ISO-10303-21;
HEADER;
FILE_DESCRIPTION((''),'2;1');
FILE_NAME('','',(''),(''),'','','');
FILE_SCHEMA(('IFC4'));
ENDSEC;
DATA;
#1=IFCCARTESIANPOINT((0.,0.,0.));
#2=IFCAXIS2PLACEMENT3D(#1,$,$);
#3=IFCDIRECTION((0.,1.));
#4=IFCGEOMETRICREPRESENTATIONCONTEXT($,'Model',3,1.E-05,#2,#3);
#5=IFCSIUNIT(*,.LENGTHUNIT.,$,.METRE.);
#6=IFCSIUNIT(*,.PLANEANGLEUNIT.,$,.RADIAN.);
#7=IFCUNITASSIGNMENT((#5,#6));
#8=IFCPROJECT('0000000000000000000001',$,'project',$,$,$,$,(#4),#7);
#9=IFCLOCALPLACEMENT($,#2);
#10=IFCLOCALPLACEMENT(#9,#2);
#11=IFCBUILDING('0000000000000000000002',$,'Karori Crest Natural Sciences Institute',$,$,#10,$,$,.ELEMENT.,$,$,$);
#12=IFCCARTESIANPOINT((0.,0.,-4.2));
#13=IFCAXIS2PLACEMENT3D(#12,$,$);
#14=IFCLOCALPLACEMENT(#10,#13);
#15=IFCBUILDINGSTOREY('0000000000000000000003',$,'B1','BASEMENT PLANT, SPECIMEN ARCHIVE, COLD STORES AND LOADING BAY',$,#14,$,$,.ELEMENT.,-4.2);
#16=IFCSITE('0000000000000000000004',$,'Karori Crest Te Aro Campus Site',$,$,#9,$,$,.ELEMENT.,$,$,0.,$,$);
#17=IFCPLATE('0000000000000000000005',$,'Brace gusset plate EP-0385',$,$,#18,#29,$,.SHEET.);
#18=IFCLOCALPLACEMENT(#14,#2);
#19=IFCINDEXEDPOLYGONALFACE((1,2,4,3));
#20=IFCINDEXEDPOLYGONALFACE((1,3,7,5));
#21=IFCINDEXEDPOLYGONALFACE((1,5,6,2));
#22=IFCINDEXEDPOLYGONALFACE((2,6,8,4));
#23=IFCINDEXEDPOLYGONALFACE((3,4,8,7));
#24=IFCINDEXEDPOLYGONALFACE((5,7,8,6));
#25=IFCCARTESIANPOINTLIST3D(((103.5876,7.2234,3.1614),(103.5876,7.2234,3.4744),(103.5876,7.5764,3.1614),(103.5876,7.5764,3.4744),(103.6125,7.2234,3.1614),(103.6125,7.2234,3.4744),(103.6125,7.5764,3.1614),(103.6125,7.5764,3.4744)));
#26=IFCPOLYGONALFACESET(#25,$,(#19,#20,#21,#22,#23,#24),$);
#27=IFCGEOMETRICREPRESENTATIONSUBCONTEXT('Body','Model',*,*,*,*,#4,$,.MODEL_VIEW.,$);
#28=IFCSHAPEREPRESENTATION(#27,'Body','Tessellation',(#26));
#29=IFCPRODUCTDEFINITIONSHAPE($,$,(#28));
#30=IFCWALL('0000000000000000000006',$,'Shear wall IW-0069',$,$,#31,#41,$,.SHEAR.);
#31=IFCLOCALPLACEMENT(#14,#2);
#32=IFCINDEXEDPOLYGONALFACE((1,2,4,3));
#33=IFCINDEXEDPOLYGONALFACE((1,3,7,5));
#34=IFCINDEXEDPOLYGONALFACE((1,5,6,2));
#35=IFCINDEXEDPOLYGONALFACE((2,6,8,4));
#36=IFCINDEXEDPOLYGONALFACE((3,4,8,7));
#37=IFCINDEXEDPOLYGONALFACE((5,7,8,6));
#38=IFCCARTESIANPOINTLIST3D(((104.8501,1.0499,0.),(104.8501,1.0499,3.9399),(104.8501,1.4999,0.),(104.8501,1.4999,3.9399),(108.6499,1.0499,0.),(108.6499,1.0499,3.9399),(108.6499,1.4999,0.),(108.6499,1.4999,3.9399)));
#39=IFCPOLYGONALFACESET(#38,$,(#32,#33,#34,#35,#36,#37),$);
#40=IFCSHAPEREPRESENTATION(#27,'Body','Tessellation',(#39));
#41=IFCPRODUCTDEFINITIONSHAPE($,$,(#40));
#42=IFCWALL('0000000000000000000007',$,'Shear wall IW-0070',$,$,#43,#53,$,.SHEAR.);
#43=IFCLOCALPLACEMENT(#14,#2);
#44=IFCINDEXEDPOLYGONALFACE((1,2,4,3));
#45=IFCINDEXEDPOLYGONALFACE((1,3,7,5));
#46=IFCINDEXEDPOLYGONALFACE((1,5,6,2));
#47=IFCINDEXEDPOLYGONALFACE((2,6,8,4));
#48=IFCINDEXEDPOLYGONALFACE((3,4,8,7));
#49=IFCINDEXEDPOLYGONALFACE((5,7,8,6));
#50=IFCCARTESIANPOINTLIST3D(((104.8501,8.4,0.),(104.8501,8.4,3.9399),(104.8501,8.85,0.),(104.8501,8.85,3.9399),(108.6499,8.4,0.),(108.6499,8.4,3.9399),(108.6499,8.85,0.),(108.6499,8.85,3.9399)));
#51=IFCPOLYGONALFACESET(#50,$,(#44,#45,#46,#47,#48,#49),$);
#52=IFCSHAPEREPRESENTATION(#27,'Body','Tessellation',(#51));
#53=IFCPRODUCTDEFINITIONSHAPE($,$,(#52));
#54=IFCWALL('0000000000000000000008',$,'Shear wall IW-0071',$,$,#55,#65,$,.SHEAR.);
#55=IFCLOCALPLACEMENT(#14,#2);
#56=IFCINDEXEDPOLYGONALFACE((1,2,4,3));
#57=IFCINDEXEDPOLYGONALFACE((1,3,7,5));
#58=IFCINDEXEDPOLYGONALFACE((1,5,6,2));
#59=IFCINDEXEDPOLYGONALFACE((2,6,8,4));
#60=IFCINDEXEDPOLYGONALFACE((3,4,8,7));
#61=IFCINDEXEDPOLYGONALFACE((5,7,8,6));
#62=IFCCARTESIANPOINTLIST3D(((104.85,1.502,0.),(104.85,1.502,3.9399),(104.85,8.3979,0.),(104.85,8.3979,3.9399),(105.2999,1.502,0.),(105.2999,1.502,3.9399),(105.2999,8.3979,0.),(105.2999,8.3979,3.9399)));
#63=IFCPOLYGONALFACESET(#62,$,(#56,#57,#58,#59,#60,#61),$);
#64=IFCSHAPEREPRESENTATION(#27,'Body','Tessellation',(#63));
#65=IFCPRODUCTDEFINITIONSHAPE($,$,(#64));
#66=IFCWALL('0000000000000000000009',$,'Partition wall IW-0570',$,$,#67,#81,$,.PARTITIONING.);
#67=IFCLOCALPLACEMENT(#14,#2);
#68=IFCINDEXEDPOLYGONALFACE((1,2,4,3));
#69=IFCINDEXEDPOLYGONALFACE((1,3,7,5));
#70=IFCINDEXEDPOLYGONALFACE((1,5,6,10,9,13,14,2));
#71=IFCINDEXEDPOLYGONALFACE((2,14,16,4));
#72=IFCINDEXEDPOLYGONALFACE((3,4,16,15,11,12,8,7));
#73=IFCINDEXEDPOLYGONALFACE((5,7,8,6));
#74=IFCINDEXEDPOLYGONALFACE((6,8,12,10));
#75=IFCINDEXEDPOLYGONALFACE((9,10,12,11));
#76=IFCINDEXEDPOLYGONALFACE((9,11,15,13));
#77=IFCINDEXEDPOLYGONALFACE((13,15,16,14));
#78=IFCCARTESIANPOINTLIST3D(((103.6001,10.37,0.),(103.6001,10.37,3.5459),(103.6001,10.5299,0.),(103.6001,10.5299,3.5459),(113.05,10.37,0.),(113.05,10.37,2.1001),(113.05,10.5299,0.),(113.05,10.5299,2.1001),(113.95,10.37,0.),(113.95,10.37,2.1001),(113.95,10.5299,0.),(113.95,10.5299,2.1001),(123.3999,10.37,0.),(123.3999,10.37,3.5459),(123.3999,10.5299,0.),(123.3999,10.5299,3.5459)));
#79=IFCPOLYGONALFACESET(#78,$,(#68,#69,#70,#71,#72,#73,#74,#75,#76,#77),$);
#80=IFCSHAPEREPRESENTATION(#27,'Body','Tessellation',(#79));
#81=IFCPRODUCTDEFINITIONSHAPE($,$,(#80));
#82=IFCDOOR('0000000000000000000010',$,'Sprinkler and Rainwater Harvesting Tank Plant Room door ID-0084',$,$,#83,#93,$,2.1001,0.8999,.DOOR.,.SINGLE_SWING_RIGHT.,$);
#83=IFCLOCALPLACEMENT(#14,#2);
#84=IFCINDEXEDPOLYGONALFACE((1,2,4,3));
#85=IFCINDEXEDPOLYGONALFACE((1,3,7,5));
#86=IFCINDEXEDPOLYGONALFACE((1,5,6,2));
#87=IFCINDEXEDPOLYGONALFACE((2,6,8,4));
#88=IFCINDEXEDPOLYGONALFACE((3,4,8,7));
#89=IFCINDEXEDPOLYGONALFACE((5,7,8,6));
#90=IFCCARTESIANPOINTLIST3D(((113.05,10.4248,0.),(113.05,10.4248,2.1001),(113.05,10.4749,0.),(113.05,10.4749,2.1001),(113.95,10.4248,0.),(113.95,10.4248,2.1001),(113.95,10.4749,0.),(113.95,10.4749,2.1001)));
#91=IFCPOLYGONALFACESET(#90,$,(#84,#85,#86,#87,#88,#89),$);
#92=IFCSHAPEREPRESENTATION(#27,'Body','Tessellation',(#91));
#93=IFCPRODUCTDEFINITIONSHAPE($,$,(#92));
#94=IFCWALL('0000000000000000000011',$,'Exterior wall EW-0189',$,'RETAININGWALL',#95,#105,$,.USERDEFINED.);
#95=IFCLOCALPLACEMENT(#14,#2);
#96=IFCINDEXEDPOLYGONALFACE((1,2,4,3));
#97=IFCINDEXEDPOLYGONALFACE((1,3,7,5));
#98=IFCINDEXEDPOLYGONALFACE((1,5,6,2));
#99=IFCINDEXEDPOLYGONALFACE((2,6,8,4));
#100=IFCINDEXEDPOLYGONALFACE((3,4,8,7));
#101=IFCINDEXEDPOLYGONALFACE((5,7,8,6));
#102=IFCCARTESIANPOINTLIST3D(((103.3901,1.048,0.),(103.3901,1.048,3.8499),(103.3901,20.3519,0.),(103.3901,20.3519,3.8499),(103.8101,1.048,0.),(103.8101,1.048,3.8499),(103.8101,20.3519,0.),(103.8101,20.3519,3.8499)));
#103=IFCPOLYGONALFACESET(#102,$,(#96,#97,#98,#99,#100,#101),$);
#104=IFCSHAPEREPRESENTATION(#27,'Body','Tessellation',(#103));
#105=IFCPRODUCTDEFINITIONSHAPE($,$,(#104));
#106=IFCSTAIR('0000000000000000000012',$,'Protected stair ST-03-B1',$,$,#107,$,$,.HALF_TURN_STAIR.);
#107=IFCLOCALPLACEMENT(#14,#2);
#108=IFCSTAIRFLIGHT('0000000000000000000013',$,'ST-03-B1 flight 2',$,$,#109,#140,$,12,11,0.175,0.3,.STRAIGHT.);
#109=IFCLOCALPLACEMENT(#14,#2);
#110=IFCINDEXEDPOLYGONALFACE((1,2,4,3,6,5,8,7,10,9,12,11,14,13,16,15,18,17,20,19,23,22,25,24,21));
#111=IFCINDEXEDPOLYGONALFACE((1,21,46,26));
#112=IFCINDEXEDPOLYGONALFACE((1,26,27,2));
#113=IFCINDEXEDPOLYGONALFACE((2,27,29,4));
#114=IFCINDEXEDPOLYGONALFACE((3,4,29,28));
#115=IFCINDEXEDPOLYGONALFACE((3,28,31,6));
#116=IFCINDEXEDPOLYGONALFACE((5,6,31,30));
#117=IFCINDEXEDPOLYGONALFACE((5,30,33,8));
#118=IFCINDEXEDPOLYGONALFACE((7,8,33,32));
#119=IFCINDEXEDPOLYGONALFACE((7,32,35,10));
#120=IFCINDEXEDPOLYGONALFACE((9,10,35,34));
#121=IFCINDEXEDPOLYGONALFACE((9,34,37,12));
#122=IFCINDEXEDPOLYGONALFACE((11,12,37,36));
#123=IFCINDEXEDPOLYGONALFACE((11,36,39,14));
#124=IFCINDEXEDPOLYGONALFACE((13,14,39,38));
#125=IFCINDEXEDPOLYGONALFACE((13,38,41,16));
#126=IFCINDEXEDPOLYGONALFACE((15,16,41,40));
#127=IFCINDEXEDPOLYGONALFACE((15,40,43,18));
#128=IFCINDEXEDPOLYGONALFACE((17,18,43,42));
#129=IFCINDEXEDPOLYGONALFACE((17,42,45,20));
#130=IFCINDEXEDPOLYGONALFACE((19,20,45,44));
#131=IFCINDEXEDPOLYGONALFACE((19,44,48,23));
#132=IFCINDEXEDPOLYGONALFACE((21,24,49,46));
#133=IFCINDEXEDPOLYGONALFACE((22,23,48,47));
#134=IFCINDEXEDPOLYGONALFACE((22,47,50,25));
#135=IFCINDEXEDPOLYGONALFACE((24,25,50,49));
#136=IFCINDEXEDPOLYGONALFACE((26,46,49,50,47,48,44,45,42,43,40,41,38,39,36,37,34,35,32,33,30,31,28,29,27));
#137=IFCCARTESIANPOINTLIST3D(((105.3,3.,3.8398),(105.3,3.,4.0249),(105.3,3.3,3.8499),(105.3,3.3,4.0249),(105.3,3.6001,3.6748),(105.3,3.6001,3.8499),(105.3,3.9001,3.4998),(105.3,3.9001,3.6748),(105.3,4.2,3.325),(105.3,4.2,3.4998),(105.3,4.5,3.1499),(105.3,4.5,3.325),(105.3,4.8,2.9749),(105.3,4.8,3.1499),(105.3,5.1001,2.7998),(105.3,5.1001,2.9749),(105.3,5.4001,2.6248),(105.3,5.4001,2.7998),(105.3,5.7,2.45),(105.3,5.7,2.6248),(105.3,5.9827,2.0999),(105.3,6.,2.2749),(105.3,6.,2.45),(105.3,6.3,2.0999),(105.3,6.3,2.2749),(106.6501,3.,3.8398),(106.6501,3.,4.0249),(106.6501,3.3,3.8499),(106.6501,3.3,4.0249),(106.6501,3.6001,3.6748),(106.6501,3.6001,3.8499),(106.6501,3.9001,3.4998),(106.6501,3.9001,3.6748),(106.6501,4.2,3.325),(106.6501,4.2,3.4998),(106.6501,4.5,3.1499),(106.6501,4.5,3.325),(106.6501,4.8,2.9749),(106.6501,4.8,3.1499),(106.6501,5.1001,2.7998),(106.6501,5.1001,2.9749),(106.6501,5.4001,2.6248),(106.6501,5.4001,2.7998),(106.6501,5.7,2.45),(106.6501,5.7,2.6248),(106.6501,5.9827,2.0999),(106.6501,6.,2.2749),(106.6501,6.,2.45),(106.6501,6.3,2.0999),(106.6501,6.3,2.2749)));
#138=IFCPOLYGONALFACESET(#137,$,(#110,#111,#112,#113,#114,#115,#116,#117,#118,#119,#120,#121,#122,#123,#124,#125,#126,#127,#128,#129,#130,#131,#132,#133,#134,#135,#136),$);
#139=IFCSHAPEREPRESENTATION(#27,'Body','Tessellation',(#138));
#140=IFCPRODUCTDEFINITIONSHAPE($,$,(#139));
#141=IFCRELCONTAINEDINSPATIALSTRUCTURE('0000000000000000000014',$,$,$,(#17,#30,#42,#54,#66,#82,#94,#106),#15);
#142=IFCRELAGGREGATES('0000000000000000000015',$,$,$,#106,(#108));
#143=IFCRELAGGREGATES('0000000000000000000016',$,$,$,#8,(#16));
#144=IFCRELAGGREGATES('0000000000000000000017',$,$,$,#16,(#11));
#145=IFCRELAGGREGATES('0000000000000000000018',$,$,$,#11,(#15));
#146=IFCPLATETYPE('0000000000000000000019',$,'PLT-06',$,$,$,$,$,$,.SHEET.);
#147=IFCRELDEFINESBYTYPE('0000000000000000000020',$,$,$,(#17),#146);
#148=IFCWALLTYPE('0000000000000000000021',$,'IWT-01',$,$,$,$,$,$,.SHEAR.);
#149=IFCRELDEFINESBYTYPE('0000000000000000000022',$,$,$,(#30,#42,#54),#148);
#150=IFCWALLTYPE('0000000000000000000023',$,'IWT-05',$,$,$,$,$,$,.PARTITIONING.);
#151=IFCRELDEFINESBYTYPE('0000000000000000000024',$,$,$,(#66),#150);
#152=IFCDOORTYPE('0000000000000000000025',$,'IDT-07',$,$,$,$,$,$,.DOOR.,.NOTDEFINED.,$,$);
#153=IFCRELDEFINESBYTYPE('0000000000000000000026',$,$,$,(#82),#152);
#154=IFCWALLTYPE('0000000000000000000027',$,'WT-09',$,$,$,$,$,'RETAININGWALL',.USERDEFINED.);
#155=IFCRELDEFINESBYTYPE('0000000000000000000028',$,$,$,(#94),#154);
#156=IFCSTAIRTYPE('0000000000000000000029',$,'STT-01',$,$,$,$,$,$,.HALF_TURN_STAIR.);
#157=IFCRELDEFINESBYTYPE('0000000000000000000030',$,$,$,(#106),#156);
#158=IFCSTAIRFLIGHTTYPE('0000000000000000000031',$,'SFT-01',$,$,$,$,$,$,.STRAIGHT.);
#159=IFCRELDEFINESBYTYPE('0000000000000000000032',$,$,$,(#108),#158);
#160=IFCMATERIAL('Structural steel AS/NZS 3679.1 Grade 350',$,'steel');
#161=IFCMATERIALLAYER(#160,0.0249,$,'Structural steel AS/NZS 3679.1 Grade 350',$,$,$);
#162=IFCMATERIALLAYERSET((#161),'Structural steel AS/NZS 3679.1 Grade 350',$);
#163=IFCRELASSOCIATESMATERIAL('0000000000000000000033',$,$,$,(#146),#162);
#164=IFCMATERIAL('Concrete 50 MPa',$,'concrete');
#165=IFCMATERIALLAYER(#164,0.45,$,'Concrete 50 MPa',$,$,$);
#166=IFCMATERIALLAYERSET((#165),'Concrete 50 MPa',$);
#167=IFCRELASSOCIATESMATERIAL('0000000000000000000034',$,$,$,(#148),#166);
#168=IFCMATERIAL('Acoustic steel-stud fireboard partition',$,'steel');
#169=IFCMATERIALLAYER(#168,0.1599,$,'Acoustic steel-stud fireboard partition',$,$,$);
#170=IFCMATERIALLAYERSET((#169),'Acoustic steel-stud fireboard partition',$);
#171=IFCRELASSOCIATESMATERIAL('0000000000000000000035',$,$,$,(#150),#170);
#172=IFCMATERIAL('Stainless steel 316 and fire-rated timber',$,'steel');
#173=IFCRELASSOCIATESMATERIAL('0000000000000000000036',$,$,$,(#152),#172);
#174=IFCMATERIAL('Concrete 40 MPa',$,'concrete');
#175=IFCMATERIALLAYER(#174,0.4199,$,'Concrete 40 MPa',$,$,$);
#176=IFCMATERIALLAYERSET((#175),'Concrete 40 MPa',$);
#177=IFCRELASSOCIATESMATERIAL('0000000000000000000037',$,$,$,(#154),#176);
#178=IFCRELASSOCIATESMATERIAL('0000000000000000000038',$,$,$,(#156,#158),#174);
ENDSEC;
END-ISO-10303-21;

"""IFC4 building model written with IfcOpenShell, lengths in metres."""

from ifc_helpers import new_model, si_unit, direction, frame, frame_2d, origin, origin_2d, place, context, subcontext, project, spatial, polyline, rectangle, outline, extrude, material, layer, layer_set, type_object, element, fill, aggregate, save


model = new_model("IFC4")

# Units and contexts
model_context = context("Model", 3, precision=1e-05, world=origin(), true_north=direction((0.0, 1.0)))
body_context = subcontext(model_context, "Body", "Model", "MODEL_VIEW")
ifc_project = project(units=[si_unit("LENGTHUNIT", "METRE"), si_unit("PLANEANGLEUNIT", "RADIAN")], contexts=[model_context])

# Site, building, storey
site_placement = place(None, origin())
site = spatial("IfcSite", under=ifc_project, at=site_placement, Name="Karori Crest Te Aro Campus Site", CompositionType="ELEMENT", RefElevation=0.0)
building_placement = place(site_placement, origin())
building = spatial("IfcBuilding", under=site, at=building_placement, Name="Karori Crest Natural Sciences Institute", CompositionType="ELEMENT")
storey_placement = place(building_placement, frame((0.0, 0.0, -4.2)))
storey = spatial("IfcBuildingStorey", under=building, at=storey_placement, Name="B1", Description="BASEMENT PLANT, SPECIMEN ARCHIVE, COLD STORES AND LOADING BAY", CompositionType="ELEMENT", Elevation=-4.2)

# Shared definitions
ifc_material_1 = material(Name="Concrete 40 MPa", Category="concrete")

# Shared definitions
ifc_material_2 = material(Name="Structural steel AS/NZS 3679.1 Grade 350", Category="steel")

# Plate
ifc_layer_1 = layer(ifc_material_2, 0.0249, Name="Structural steel AS/NZS 3679.1 Grade 350")
ifc_layer_set_1 = layer_set([ifc_layer_1], Name="Structural steel AS/NZS 3679.1 Grade 350")
plate_type = type_object("IfcPlateType", Name="PLT-06", PredefinedType="SHEET", material=ifc_layer_set_1)
for number, where, z_axis, x_axis, name in (
    (1, (103.6001, 7.3999, 3.1614), (0.0, 0.0, 1.0), (0.0, 1.0, 0.0), "Brace gusset plate EP-0385"),
):
    element("IfcPlate", number, at=place(storey_placement, frame(where, z_axis=z_axis, x_axis=x_axis)), inside=storey, type_object=plate_type, Name=name, PredefinedType="SHEET", context=body_context, shape_type="SweptSolid", body=[
        extrude(rectangle(XDim=0.353, YDim=0.0249, at=origin_2d()), origin(), (0.0, 0.0, 1.0), 0.313),
    ])

# Walls
ifc_material_3 = material(Name="Concrete 50 MPa", Category="concrete")
ifc_layer_2 = layer(ifc_material_3, 0.45, Name="Concrete 50 MPa")
ifc_layer_set_2 = layer_set([ifc_layer_2], Name="Concrete 50 MPa")
wall_type_1 = type_object("IfcWallType", Name="IWT-01", PredefinedType="SHEAR", material=ifc_layer_set_2)
for number, where, z_axis, x_axis, name in (
    (2, (104.8501, 1.2749, 0.0), (0.0, 0.0, 1.0), (1.0, 0.0, 0.0), "Shear wall IW-0069"),
    (3, (104.8501, 8.625, 0.0), (0.0, 0.0, 1.0), (1.0, 0.0, 0.0), "Shear wall IW-0070"),
):
    element("IfcWall", number, at=place(storey_placement, frame(where, z_axis=z_axis, x_axis=x_axis)), inside=storey, type_object=wall_type_1, Name=name, PredefinedType="SHEAR", context=body_context, shape_type="SweptSolid", body=[
        extrude(rectangle(XDim=3.7998, YDim=0.45, at=frame_2d((1.8999, 0.0))), origin(), (0.0, 0.0, 1.0), 3.9399),
    ])
wall_1_placement = place(storey_placement, frame((105.075, 1.502, 0.0), z_axis=(0.0, 0.0, 1.0), x_axis=(0.0, 1.0, 0.0)))
element("IfcWall", 4, at=wall_1_placement, inside=storey, type_object=wall_type_1, Name="Shear wall IW-0071", PredefinedType="SHEAR", context=body_context, shape_type="SweptSolid", body=[
    extrude(rectangle(XDim=6.896, YDim=0.45, at=frame_2d((3.448, 0.0))), origin(), (0.0, 0.0, 1.0), 3.9399),
])

# Wall, opening, door
ifc_material_4 = material(Name="Acoustic steel-stud fireboard partition", Category="steel")
ifc_layer_3 = layer(ifc_material_4, 0.1599, Name="Acoustic steel-stud fireboard partition")
ifc_layer_set_3 = layer_set([ifc_layer_3], Name="Acoustic steel-stud fireboard partition")
wall_type_2 = type_object("IfcWallType", Name="IWT-05", PredefinedType="PARTITIONING", material=ifc_layer_set_3)
wall_2_placement = place(storey_placement, frame((103.6001, 10.45, 0.0), z_axis=(0.0, 0.0, 1.0), x_axis=(1.0, 0.0, 0.0)))
wall_2 = element("IfcWall", 5, at=wall_2_placement, inside=storey, type_object=wall_type_2, Name="Partition wall IW-0570", PredefinedType="PARTITIONING", context=body_context, shape_type="SweptSolid", body=[
    extrude(rectangle(XDim=19.7998, YDim=0.1599, at=frame_2d((9.8999, 0.0))), origin(), (0.0, 0.0, 1.0), 3.5459),
])
opening_placement = place(wall_2_placement, frame((9.45, 0.0, 0.0)))
opening = element("IfcOpeningElement", 6, at=opening_placement, cuts=wall_2, PredefinedType="OPENING", context=body_context, shape_type="SweptSolid", body=[
    extrude(rectangle(XDim=0.8999, YDim=2.1001, at=frame_2d((0.45, 1.05))), frame((0.0, 0.0898, 0.0), z_axis=(0.0, -1.0, 0.0), x_axis=(1.0, 0.0, 0.0)), (0.0, 0.0, 1.0), 0.1799),
])
ifc_material_5 = material(Name="Stainless steel 316 and fire-rated timber", Category="steel")
door_type = type_object("IfcDoorType", Name="IDT-07", OperationType="NOTDEFINED", PredefinedType="DOOR", material=ifc_material_5)
door_placement = place(opening_placement, origin())
door = element("IfcDoor", 7, at=door_placement, inside=storey, type_object=door_type, Name="Sprinkler and Rainwater Harvesting Tank Plant Room door ID-0084", OperationType="SINGLE_SWING_RIGHT", OverallHeight=2.1001, OverallWidth=0.8999, PredefinedType="DOOR", context=body_context, shape_type="SweptSolid", body=[
    extrude(rectangle(XDim=0.8999, YDim=2.1001, at=frame_2d((0.45, 1.05))), frame((0.0, 0.0249, 0.0), z_axis=(0.0, -1.0, 0.0), x_axis=(1.0, 0.0, 0.0)), (0.0, 0.0, 1.0), 0.05),
])
fill(opening, door)

# Wall
ifc_layer_4 = layer(ifc_material_1, 0.4199, Name="Concrete 40 MPa")
ifc_layer_set_4 = layer_set([ifc_layer_4], Name="Concrete 40 MPa")
wall_type_3 = type_object("IfcWallType", Name="WT-09", ElementType="RETAININGWALL", PredefinedType="USERDEFINED", material=ifc_layer_set_4)
wall_3_placement = place(storey_placement, frame((103.6001, 1.0481, 0.0), z_axis=(0.0, 0.0, 1.0), x_axis=(0.0, 1.0, 0.0)))
element("IfcWall", 8, at=wall_3_placement, inside=storey, type_object=wall_type_3, Name="Exterior wall EW-0189", ObjectType="RETAININGWALL", PredefinedType="USERDEFINED", context=body_context, shape_type="SweptSolid", body=[
    extrude(rectangle(XDim=19.304, YDim=0.4199, at=frame_2d((9.6519, 0.0))), origin(), (0.0, 0.0, 1.0), 3.8499),
])

# Stair, stair flight
stair_type = type_object("IfcStairType", Name="STT-01", PredefinedType="HALF_TURN_STAIR", material=ifc_material_1)
stair_placement = place(storey_placement, origin())
stair = element("IfcStair", 9, at=stair_placement, inside=storey, type_object=stair_type, Name="Protected stair ST-03-B1", PredefinedType="HALF_TURN_STAIR")
stair_flight_type = type_object("IfcStairFlightType", Name="SFT-01", PredefinedType="STRAIGHT", material=ifc_material_1)
stair_flight_placement = place(storey_placement, frame((105.9751, 6.3, 2.0999), z_axis=(0.0, 0.0, 1.0), x_axis=(0.0, -1.0, 0.0)))
stair_flight = element("IfcStairFlight", 10, at=stair_flight_placement, type_object=stair_flight_type, Name="ST-03-B1 flight 2", NumberOfRisers=12, NumberOfTreads=11, PredefinedType="STRAIGHT", RiserHeight=0.175, TreadLength=0.3, context=body_context, shape_type="SweptSolid", body=[
    extrude(outline(polyline([(0.0, 0.0), (0.0, 0.175), (0.3, 0.175), (0.3, 0.3501), (0.6001, 0.3501), (0.6001, 0.5249), (0.8999, 0.5249), (0.8999, 0.7), (1.2, 0.7), (1.2, 0.875), (1.5, 0.875), (1.5, 1.05), (1.8, 1.05), (1.8, 1.2251), (2.1001, 1.2251), (2.1001, 1.3999), (2.3999, 1.3999), (2.3999, 1.575), (2.7, 1.575), (2.7, 1.75), (3.0, 1.75), (3.0, 1.925), (3.3, 1.925), (3.3, 2.1001), (3.3, 1.74), (0.3174, 0.0), (0.0, 0.0)])), frame((0.0, 0.675, 0.0), z_axis=(0.0, -1.0, 0.0), x_axis=(1.0, 0.0, 0.0)), (0.0, 0.0, 1.0), 1.3501),
])
aggregate(stair, [stair_flight])

save(model, "model.ifc")
